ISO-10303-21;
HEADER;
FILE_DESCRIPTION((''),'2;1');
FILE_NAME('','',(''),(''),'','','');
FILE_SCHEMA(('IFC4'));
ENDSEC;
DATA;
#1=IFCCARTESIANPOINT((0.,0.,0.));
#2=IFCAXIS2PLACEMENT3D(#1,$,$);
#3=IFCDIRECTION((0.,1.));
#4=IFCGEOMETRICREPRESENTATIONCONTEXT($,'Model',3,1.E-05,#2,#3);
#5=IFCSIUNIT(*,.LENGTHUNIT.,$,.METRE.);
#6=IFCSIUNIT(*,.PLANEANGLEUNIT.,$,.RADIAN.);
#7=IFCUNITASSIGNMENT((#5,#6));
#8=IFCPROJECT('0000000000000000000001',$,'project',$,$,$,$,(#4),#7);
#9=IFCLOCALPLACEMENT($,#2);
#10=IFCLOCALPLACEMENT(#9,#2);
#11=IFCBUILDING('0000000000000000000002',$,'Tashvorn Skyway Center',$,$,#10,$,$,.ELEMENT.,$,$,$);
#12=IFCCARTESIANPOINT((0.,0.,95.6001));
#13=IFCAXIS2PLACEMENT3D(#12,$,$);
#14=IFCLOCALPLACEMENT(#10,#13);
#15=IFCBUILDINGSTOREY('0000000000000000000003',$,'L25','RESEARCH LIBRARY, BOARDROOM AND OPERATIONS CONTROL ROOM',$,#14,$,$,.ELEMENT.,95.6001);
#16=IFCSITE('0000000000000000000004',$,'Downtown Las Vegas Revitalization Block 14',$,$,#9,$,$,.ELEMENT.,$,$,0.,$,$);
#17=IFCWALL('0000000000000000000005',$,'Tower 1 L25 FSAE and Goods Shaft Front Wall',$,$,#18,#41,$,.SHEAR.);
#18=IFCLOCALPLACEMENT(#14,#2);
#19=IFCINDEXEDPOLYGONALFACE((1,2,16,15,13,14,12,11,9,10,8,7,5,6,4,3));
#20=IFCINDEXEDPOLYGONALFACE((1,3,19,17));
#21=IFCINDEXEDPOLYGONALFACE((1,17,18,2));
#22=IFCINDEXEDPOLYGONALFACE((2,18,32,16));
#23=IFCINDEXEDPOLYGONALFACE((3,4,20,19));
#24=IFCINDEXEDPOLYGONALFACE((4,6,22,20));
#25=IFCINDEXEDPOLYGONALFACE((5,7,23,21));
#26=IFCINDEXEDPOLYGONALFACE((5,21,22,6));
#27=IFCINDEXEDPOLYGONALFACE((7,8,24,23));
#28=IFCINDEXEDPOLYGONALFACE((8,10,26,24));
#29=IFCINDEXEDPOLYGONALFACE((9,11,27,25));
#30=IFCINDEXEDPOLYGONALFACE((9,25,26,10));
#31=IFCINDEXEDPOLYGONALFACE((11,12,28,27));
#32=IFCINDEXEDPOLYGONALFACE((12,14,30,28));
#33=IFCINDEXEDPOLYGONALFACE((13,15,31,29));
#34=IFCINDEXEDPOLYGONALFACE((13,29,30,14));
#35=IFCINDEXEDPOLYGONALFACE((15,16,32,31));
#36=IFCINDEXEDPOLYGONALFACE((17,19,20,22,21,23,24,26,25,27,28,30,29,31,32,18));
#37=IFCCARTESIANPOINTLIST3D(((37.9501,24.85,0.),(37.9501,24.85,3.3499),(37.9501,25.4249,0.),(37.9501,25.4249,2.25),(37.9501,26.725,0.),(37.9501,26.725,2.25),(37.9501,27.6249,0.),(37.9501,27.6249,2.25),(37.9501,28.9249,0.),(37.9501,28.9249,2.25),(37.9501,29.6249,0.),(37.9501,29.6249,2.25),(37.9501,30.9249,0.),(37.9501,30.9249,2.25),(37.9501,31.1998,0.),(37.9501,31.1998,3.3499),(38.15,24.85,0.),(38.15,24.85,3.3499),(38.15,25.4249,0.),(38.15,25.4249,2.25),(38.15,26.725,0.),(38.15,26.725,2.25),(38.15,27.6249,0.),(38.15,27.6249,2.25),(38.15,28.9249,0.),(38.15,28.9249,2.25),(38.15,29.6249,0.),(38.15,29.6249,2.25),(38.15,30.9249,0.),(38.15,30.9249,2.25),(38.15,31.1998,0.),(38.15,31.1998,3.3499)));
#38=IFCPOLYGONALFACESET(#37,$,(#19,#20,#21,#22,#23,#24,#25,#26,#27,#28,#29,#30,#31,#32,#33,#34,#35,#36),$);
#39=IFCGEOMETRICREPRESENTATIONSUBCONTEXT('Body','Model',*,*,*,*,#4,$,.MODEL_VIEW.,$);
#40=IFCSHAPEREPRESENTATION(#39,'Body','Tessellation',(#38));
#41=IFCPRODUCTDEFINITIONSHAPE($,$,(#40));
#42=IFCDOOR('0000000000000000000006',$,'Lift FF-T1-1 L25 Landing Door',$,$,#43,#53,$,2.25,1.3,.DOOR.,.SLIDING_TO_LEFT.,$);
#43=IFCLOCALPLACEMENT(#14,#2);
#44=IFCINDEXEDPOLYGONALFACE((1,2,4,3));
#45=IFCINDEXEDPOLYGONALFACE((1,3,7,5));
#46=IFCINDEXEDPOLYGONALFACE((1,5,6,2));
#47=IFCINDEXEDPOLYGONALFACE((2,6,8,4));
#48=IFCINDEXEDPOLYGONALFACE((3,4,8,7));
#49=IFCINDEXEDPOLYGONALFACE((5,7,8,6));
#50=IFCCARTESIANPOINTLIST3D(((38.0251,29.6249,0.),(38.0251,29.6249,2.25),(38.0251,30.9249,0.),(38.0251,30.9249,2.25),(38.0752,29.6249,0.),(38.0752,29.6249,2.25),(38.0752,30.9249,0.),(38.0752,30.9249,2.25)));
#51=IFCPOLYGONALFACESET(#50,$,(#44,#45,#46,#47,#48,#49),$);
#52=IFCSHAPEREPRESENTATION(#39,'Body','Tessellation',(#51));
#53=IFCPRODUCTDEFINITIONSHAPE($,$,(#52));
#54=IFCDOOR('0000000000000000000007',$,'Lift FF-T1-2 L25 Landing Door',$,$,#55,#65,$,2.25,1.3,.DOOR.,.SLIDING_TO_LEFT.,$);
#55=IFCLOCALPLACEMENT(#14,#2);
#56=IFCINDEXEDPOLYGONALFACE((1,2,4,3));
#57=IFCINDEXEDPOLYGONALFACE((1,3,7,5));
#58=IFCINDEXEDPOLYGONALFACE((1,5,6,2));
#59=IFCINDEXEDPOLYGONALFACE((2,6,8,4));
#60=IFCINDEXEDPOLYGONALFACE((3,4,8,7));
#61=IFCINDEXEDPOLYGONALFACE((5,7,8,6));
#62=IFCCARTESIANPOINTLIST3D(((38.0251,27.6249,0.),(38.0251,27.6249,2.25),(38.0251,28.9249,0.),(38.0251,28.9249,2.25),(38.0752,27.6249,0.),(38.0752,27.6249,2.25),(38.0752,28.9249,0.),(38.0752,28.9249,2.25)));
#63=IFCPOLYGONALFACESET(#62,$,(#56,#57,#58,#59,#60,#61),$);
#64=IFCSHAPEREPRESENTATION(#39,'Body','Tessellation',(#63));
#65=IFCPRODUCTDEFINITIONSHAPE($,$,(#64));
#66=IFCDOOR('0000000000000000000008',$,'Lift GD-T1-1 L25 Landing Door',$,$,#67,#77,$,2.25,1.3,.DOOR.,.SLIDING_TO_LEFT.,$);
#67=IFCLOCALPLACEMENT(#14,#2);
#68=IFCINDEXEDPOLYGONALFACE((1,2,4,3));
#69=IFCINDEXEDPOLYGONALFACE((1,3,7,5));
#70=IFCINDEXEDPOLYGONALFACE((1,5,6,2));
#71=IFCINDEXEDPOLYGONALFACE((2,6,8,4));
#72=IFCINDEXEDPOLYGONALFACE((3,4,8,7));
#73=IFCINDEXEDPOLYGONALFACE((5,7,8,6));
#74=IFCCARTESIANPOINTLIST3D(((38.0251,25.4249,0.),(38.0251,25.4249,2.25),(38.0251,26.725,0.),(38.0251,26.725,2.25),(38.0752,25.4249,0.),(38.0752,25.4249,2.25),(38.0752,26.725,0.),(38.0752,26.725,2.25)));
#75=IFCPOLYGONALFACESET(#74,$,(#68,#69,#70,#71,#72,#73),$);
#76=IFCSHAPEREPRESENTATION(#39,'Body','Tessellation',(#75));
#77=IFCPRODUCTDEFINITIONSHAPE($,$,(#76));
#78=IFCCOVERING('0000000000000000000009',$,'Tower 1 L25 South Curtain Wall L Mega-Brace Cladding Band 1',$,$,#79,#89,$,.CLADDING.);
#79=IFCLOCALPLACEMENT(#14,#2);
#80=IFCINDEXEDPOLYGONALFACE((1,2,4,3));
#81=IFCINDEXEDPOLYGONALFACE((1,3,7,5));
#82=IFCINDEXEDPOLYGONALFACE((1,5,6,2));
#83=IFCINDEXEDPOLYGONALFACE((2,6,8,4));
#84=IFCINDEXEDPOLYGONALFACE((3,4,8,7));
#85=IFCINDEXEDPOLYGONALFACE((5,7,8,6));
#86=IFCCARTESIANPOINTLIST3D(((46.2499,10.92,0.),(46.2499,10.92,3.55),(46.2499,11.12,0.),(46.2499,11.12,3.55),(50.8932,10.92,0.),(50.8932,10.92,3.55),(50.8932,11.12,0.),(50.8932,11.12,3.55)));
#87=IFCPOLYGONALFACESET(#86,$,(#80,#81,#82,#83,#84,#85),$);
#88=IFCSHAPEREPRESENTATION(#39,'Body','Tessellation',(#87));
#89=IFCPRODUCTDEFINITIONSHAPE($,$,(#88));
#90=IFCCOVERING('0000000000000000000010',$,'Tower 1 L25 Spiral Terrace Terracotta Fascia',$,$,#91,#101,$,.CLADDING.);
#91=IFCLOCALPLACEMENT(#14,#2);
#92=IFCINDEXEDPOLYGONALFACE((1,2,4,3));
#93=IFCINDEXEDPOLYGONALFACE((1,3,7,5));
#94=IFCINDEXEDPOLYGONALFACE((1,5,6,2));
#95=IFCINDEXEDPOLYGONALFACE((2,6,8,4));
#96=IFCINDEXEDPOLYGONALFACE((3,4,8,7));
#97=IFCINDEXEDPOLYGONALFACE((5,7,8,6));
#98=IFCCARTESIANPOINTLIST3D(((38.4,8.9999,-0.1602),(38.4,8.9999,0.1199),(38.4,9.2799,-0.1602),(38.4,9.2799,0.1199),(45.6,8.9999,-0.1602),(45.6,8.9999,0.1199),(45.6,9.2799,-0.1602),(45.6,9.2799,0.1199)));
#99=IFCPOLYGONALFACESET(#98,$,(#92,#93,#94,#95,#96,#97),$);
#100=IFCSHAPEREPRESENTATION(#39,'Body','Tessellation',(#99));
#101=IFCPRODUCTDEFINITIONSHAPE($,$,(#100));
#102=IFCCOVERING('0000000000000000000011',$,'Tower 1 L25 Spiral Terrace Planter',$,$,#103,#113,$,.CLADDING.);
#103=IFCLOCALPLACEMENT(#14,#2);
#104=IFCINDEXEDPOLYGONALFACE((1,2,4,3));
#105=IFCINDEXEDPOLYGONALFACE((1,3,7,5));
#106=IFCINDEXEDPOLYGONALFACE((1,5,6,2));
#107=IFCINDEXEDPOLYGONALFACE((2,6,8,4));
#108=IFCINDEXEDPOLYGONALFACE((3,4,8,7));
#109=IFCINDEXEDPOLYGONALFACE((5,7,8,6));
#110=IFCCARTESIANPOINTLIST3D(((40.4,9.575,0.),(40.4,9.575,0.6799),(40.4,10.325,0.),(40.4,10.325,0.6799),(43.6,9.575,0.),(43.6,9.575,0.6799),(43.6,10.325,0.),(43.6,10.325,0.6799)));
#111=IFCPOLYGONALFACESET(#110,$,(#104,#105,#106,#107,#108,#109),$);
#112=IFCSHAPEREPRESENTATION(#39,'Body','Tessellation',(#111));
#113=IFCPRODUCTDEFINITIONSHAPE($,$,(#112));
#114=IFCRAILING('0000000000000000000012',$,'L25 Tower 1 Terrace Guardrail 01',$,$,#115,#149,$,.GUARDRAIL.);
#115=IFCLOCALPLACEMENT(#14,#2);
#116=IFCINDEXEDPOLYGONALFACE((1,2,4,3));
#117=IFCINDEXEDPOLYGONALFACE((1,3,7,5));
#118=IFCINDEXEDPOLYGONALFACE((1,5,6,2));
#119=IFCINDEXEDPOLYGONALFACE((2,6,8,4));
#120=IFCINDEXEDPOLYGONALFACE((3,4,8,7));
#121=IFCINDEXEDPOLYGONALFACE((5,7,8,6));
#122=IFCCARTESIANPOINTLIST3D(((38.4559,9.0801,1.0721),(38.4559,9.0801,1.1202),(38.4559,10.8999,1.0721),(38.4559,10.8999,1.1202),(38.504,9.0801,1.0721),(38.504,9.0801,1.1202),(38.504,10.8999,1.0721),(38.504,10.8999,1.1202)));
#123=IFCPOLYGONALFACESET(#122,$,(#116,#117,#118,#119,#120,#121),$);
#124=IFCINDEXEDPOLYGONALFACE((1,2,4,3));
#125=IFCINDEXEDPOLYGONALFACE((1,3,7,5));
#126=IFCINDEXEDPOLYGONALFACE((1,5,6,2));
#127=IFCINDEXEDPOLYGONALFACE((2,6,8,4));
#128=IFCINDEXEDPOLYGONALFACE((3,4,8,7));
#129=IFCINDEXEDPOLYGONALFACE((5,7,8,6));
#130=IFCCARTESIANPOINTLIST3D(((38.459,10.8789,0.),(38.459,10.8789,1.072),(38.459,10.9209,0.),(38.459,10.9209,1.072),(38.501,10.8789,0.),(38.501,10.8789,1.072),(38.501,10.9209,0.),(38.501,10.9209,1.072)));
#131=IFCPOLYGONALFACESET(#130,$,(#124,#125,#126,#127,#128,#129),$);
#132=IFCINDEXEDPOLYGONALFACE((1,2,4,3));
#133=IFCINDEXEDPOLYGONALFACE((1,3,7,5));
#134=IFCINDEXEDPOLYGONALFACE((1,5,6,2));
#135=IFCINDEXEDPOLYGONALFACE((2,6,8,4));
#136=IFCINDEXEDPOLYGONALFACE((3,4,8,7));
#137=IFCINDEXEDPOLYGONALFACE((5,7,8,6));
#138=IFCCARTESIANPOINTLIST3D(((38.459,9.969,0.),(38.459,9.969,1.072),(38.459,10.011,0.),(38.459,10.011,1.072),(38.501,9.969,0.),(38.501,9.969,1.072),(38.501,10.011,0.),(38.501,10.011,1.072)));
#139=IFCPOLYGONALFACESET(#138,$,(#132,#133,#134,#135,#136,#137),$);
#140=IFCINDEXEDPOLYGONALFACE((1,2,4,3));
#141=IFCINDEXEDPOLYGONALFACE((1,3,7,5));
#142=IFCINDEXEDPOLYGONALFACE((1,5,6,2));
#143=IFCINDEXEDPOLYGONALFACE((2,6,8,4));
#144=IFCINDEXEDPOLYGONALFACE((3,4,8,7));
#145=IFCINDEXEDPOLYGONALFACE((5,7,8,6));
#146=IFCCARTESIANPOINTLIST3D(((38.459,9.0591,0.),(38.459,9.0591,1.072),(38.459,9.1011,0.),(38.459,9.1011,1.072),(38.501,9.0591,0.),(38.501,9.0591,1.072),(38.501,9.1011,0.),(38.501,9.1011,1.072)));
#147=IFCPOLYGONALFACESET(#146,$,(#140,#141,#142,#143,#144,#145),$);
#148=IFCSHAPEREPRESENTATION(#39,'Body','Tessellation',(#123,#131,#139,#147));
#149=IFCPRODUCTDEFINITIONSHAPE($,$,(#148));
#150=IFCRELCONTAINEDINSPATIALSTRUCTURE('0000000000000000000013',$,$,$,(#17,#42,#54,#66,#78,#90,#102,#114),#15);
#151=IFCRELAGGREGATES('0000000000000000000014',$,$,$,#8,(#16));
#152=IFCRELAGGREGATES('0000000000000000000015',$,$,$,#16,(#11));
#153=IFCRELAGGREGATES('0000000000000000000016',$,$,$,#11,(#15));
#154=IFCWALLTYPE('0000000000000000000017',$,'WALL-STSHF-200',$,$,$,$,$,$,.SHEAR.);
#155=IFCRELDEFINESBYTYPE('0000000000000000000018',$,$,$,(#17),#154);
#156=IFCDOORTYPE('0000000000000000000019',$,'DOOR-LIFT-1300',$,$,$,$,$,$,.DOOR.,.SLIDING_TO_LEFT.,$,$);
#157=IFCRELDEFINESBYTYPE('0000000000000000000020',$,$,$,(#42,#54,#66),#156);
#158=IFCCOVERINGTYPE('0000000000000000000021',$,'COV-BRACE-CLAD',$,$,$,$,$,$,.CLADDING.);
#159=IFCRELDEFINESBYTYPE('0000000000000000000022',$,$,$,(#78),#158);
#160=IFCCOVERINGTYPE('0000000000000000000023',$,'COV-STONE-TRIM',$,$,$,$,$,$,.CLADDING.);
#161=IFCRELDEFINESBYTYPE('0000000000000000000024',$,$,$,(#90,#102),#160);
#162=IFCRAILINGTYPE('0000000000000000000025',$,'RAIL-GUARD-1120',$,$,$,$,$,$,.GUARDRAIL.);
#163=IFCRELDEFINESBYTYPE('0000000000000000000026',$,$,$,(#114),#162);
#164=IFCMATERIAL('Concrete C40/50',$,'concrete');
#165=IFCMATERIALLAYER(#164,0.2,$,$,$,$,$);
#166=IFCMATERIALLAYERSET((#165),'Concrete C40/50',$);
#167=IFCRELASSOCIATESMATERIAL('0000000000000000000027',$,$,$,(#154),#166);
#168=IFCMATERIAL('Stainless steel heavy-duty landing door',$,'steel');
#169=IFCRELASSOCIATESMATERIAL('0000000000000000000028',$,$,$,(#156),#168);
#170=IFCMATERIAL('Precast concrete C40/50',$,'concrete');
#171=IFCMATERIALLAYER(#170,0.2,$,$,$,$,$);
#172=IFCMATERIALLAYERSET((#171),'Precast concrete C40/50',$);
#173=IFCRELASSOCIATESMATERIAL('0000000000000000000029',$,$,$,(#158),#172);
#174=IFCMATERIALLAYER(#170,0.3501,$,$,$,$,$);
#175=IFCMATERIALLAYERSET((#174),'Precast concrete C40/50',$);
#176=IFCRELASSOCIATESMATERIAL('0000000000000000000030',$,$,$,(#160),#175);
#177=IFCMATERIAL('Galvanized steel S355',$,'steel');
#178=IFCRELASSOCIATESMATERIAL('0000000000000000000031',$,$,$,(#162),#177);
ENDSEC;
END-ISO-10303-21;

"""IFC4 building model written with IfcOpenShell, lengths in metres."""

from ifc_helpers import new_model, si_unit, direction, frame, frame_2d, origin, origin_2d, place, context, subcontext, project, spatial, rectangle, extrude, material, layer, layer_set, type_object, element, fill, save


model = new_model("IFC4")

# Units and contexts
model_context = context("Model", 3, precision=1e-05, world=origin(), true_north=direction((0.0, 1.0)))
body_context = subcontext(model_context, "Body", "Model", "MODEL_VIEW")
ifc_project = project(units=[si_unit("LENGTHUNIT", "METRE"), si_unit("PLANEANGLEUNIT", "RADIAN")], contexts=[model_context])

# Site, building, storey
site_placement = place(None, origin())
site = spatial("IfcSite", under=ifc_project, at=site_placement, Name="Downtown Las Vegas Revitalization Block 14", CompositionType="ELEMENT", RefElevation=0.0)
building_placement = place(site_placement, origin())
building = spatial("IfcBuilding", under=site, at=building_placement, Name="Tashvorn Skyway Center", CompositionType="ELEMENT")
storey_placement = place(building_placement, frame((0.0, 0.0, 95.6001)))
storey = spatial("IfcBuildingStorey", under=building, at=storey_placement, Name="L25", Description="RESEARCH LIBRARY, BOARDROOM AND OPERATIONS CONTROL ROOM", CompositionType="ELEMENT", Elevation=95.6001)

# Shared definitions
ifc_material_1 = material(Name="Precast concrete C40/50", Category="concrete")

# Shared definitions
ifc_material_2 = material(Name="Concrete C40/50", Category="concrete")
ifc_layer_1 = layer(ifc_material_2, 0.2)
ifc_layer_set_1 = layer_set([ifc_layer_1], Name="Concrete C40/50")
wall_type_1 = type_object("IfcWallType", Name="WALL-STSHF-200", PredefinedType="SHEAR", material=ifc_layer_set_1)

# Wall, openings, doors
wall_1_placement = place(storey_placement, frame((38.05, 24.8501, 0.0), z_axis=(0.0, 0.0, 1.0), x_axis=(0.0, 1.0, 0.0)))
wall_1 = element("IfcWall", 1, at=wall_1_placement, inside=storey, type_object=wall_type_1, Name="Tower 1 L25 FSAE and Goods Shaft Front Wall", PredefinedType="SHEAR", context=body_context, shape_type="SweptSolid", body=[
    extrude(rectangle(XDim=6.3499, YDim=0.2, at=frame_2d((3.1748, 0.0))), origin(), (0.0, 0.0, 1.0), 3.3499),
])
opening_1_placement = place(wall_1_placement, frame((4.7749, 0.0, 0.0)))
opening_1 = element("IfcOpeningElement", 2, at=opening_1_placement, cuts=wall_1, PredefinedType="OPENING", context=body_context, shape_type="SweptSolid", body=[
    extrude(rectangle(XDim=1.3, YDim=2.25, at=frame_2d((0.6499, 1.125))), frame((0.0, 0.1099, 0.0), z_axis=(0.0, -1.0, 0.0), x_axis=(1.0, 0.0, 0.0)), (0.0, 0.0, 1.0), 0.22),
])
opening_2_placement = place(wall_1_placement, frame((2.7749, 0.0, 0.0)))
opening_2 = element("IfcOpeningElement", 3, at=opening_2_placement, cuts=wall_1, PredefinedType="OPENING", context=body_context, shape_type="SweptSolid", body=[
    extrude(rectangle(XDim=1.3, YDim=2.25, at=frame_2d((0.6499, 1.125))), frame((0.0, 0.1099, 0.0), z_axis=(0.0, -1.0, 0.0), x_axis=(1.0, 0.0, 0.0)), (0.0, 0.0, 1.0), 0.22),
])
opening_3_placement = place(wall_1_placement, frame((0.575, 0.0, 0.0)))
opening_3 = element("IfcOpeningElement", 4, at=opening_3_placement, cuts=wall_1, PredefinedType="OPENING", context=body_context, shape_type="SweptSolid", body=[
    extrude(rectangle(XDim=1.3, YDim=2.25, at=frame_2d((0.6499, 1.125))), frame((0.0, 0.1099, 0.0), z_axis=(0.0, -1.0, 0.0), x_axis=(1.0, 0.0, 0.0)), (0.0, 0.0, 1.0), 0.22),
])
ifc_material_3 = material(Name="Stainless steel heavy-duty landing door", Category="steel")
door_type_1 = type_object("IfcDoorType", Name="DOOR-LIFT-1300", OperationType="SLIDING_TO_LEFT", PredefinedType="DOOR", material=ifc_material_3)
door_1_placement = place(opening_1_placement, origin())
door_1 = element("IfcDoor", 5, at=door_1_placement, inside=storey, type_object=door_type_1, Name="Lift FF-T1-1 L25 Landing Door", OperationType="SLIDING_TO_LEFT", OverallHeight=2.25, OverallWidth=1.3, PredefinedType="DOOR", context=body_context, shape_type="SweptSolid", body=[
    extrude(rectangle(XDim=1.3, YDim=2.25, at=frame_2d((0.6499, 1.125))), frame((0.0, 0.0249, 0.0), z_axis=(0.0, -1.0, 0.0), x_axis=(1.0, 0.0, 0.0)), (0.0, 0.0, 1.0), 0.05),
])
fill(opening_1, door_1)
door_2_placement = place(opening_2_placement, origin())
door_2 = element("IfcDoor", 6, at=door_2_placement, inside=storey, type_object=door_type_1, Name="Lift FF-T1-2 L25 Landing Door", OperationType="SLIDING_TO_LEFT", OverallHeight=2.25, OverallWidth=1.3, PredefinedType="DOOR", context=body_context, shape_type="SweptSolid", body=[
    extrude(rectangle(XDim=1.3, YDim=2.25, at=frame_2d((0.6499, 1.125))), frame((0.0, 0.0249, 0.0), z_axis=(0.0, -1.0, 0.0), x_axis=(1.0, 0.0, 0.0)), (0.0, 0.0, 1.0), 0.05),
])
fill(opening_2, door_2)
door_3_placement = place(opening_3_placement, origin())
door_3 = element("IfcDoor", 7, at=door_3_placement, inside=storey, type_object=door_type_1, Name="Lift GD-T1-1 L25 Landing Door", OperationType="SLIDING_TO_LEFT", OverallHeight=2.25, OverallWidth=1.3, PredefinedType="DOOR", context=body_context, shape_type="SweptSolid", body=[
    extrude(rectangle(XDim=1.3, YDim=2.25, at=frame_2d((0.6499, 1.125))), frame((0.0, 0.0249, 0.0), z_axis=(0.0, -1.0, 0.0), x_axis=(1.0, 0.0, 0.0)), (0.0, 0.0, 1.0), 0.05),
])
fill(opening_3, door_3)

# Coverings
ifc_layer_2 = layer(ifc_material_1, 0.2)
ifc_layer_set_2 = layer_set([ifc_layer_2], Name="Precast concrete C40/50")
covering_type_1 = type_object("IfcCoveringType", Name="COV-BRACE-CLAD", PredefinedType="CLADDING", material=ifc_layer_set_2)
covering_1_placement = place(storey_placement, frame((48.5715, 11.02, 0.0), z_axis=(0.0, 0.0, 1.0), x_axis=(-1.0, 0.0, 0.0)))
element("IfcCovering", 8, at=covering_1_placement, inside=storey, type_object=covering_type_1, Name="Tower 1 L25 South Curtain Wall L Mega-Brace Cladding Band 1", PredefinedType="CLADDING", context=body_context, shape_type="SweptSolid", body=[
    extrude(rectangle(XDim=4.6433, YDim=0.2, at=origin_2d()), origin(), (0.0, 0.0, 1.0), 3.55),
])
ifc_layer_3 = layer(ifc_material_1, 0.3501)
ifc_layer_set_3 = layer_set([ifc_layer_3], Name="Precast concrete C40/50")
covering_type_2 = type_object("IfcCoveringType", Name="COV-STONE-TRIM", PredefinedType="CLADDING", material=ifc_layer_set_3)
covering_2_placement = place(storey_placement, frame((42.0, 9.1399, -0.1602), z_axis=(0.0, 0.0, 1.0), x_axis=(-1.0, 0.0, 0.0)))
element("IfcCovering", 9, at=covering_2_placement, inside=storey, type_object=covering_type_2, Name="Tower 1 L25 Spiral Terrace Terracotta Fascia", PredefinedType="CLADDING", context=body_context, shape_type="SweptSolid", body=[
    extrude(rectangle(XDim=7.2, YDim=0.28, at=origin_2d()), origin(), (0.0, 0.0, 1.0), 0.28),
])
covering_3_placement = place(storey_placement, frame((42.0, 9.95, 0.0), z_axis=(0.0, 0.0, 1.0), x_axis=(-1.0, 0.0, 0.0)))
element("IfcCovering", 10, at=covering_3_placement, inside=storey, type_object=covering_type_2, Name="Tower 1 L25 Spiral Terrace Planter", PredefinedType="CLADDING", context=body_context, shape_type="SweptSolid", body=[
    extrude(rectangle(XDim=3.2, YDim=0.75, at=origin_2d()), origin(), (0.0, 0.0, 1.0), 0.6799),
])

# Railing
ifc_material_4 = material(Name="Galvanized steel S355", Category="steel")
railing_type = type_object("IfcRailingType", Name="RAIL-GUARD-1120", PredefinedType="GUARDRAIL", material=ifc_material_4)
railing_1_placement = place(storey_placement, frame((38.48, 10.8999, 0.0)))
element("IfcRailing", 11, at=railing_1_placement, inside=storey, type_object=railing_type, Name="L25 Tower 1 Terrace Guardrail 01", PredefinedType="GUARDRAIL", context=body_context, shape_type="SweptSolid", body=[
    extrude(rectangle(XDim=0.0481, YDim=0.0481, at=origin_2d()), frame((0.0, 0.0, 1.0962), z_axis=(0.0, -1.0, 0.0), x_axis=(1.0, 0.0, 0.0)), (0.0, 0.0, 1.0), 1.8198),
    extrude(rectangle(XDim=0.042, YDim=0.042, at=origin_2d()), origin(), (0.0, 0.0, 1.0), 1.072),
    extrude(rectangle(XDim=0.042, YDim=0.042, at=origin_2d()), frame((0.0, -0.9099, 0.0)), (0.0, 0.0, 1.0), 1.072),
    extrude(rectangle(XDim=0.042, YDim=0.042, at=origin_2d()), frame((0.0, -1.8198, 0.0)), (0.0, 0.0, 1.0), 1.072),
])

save(model, "model.ifc")
